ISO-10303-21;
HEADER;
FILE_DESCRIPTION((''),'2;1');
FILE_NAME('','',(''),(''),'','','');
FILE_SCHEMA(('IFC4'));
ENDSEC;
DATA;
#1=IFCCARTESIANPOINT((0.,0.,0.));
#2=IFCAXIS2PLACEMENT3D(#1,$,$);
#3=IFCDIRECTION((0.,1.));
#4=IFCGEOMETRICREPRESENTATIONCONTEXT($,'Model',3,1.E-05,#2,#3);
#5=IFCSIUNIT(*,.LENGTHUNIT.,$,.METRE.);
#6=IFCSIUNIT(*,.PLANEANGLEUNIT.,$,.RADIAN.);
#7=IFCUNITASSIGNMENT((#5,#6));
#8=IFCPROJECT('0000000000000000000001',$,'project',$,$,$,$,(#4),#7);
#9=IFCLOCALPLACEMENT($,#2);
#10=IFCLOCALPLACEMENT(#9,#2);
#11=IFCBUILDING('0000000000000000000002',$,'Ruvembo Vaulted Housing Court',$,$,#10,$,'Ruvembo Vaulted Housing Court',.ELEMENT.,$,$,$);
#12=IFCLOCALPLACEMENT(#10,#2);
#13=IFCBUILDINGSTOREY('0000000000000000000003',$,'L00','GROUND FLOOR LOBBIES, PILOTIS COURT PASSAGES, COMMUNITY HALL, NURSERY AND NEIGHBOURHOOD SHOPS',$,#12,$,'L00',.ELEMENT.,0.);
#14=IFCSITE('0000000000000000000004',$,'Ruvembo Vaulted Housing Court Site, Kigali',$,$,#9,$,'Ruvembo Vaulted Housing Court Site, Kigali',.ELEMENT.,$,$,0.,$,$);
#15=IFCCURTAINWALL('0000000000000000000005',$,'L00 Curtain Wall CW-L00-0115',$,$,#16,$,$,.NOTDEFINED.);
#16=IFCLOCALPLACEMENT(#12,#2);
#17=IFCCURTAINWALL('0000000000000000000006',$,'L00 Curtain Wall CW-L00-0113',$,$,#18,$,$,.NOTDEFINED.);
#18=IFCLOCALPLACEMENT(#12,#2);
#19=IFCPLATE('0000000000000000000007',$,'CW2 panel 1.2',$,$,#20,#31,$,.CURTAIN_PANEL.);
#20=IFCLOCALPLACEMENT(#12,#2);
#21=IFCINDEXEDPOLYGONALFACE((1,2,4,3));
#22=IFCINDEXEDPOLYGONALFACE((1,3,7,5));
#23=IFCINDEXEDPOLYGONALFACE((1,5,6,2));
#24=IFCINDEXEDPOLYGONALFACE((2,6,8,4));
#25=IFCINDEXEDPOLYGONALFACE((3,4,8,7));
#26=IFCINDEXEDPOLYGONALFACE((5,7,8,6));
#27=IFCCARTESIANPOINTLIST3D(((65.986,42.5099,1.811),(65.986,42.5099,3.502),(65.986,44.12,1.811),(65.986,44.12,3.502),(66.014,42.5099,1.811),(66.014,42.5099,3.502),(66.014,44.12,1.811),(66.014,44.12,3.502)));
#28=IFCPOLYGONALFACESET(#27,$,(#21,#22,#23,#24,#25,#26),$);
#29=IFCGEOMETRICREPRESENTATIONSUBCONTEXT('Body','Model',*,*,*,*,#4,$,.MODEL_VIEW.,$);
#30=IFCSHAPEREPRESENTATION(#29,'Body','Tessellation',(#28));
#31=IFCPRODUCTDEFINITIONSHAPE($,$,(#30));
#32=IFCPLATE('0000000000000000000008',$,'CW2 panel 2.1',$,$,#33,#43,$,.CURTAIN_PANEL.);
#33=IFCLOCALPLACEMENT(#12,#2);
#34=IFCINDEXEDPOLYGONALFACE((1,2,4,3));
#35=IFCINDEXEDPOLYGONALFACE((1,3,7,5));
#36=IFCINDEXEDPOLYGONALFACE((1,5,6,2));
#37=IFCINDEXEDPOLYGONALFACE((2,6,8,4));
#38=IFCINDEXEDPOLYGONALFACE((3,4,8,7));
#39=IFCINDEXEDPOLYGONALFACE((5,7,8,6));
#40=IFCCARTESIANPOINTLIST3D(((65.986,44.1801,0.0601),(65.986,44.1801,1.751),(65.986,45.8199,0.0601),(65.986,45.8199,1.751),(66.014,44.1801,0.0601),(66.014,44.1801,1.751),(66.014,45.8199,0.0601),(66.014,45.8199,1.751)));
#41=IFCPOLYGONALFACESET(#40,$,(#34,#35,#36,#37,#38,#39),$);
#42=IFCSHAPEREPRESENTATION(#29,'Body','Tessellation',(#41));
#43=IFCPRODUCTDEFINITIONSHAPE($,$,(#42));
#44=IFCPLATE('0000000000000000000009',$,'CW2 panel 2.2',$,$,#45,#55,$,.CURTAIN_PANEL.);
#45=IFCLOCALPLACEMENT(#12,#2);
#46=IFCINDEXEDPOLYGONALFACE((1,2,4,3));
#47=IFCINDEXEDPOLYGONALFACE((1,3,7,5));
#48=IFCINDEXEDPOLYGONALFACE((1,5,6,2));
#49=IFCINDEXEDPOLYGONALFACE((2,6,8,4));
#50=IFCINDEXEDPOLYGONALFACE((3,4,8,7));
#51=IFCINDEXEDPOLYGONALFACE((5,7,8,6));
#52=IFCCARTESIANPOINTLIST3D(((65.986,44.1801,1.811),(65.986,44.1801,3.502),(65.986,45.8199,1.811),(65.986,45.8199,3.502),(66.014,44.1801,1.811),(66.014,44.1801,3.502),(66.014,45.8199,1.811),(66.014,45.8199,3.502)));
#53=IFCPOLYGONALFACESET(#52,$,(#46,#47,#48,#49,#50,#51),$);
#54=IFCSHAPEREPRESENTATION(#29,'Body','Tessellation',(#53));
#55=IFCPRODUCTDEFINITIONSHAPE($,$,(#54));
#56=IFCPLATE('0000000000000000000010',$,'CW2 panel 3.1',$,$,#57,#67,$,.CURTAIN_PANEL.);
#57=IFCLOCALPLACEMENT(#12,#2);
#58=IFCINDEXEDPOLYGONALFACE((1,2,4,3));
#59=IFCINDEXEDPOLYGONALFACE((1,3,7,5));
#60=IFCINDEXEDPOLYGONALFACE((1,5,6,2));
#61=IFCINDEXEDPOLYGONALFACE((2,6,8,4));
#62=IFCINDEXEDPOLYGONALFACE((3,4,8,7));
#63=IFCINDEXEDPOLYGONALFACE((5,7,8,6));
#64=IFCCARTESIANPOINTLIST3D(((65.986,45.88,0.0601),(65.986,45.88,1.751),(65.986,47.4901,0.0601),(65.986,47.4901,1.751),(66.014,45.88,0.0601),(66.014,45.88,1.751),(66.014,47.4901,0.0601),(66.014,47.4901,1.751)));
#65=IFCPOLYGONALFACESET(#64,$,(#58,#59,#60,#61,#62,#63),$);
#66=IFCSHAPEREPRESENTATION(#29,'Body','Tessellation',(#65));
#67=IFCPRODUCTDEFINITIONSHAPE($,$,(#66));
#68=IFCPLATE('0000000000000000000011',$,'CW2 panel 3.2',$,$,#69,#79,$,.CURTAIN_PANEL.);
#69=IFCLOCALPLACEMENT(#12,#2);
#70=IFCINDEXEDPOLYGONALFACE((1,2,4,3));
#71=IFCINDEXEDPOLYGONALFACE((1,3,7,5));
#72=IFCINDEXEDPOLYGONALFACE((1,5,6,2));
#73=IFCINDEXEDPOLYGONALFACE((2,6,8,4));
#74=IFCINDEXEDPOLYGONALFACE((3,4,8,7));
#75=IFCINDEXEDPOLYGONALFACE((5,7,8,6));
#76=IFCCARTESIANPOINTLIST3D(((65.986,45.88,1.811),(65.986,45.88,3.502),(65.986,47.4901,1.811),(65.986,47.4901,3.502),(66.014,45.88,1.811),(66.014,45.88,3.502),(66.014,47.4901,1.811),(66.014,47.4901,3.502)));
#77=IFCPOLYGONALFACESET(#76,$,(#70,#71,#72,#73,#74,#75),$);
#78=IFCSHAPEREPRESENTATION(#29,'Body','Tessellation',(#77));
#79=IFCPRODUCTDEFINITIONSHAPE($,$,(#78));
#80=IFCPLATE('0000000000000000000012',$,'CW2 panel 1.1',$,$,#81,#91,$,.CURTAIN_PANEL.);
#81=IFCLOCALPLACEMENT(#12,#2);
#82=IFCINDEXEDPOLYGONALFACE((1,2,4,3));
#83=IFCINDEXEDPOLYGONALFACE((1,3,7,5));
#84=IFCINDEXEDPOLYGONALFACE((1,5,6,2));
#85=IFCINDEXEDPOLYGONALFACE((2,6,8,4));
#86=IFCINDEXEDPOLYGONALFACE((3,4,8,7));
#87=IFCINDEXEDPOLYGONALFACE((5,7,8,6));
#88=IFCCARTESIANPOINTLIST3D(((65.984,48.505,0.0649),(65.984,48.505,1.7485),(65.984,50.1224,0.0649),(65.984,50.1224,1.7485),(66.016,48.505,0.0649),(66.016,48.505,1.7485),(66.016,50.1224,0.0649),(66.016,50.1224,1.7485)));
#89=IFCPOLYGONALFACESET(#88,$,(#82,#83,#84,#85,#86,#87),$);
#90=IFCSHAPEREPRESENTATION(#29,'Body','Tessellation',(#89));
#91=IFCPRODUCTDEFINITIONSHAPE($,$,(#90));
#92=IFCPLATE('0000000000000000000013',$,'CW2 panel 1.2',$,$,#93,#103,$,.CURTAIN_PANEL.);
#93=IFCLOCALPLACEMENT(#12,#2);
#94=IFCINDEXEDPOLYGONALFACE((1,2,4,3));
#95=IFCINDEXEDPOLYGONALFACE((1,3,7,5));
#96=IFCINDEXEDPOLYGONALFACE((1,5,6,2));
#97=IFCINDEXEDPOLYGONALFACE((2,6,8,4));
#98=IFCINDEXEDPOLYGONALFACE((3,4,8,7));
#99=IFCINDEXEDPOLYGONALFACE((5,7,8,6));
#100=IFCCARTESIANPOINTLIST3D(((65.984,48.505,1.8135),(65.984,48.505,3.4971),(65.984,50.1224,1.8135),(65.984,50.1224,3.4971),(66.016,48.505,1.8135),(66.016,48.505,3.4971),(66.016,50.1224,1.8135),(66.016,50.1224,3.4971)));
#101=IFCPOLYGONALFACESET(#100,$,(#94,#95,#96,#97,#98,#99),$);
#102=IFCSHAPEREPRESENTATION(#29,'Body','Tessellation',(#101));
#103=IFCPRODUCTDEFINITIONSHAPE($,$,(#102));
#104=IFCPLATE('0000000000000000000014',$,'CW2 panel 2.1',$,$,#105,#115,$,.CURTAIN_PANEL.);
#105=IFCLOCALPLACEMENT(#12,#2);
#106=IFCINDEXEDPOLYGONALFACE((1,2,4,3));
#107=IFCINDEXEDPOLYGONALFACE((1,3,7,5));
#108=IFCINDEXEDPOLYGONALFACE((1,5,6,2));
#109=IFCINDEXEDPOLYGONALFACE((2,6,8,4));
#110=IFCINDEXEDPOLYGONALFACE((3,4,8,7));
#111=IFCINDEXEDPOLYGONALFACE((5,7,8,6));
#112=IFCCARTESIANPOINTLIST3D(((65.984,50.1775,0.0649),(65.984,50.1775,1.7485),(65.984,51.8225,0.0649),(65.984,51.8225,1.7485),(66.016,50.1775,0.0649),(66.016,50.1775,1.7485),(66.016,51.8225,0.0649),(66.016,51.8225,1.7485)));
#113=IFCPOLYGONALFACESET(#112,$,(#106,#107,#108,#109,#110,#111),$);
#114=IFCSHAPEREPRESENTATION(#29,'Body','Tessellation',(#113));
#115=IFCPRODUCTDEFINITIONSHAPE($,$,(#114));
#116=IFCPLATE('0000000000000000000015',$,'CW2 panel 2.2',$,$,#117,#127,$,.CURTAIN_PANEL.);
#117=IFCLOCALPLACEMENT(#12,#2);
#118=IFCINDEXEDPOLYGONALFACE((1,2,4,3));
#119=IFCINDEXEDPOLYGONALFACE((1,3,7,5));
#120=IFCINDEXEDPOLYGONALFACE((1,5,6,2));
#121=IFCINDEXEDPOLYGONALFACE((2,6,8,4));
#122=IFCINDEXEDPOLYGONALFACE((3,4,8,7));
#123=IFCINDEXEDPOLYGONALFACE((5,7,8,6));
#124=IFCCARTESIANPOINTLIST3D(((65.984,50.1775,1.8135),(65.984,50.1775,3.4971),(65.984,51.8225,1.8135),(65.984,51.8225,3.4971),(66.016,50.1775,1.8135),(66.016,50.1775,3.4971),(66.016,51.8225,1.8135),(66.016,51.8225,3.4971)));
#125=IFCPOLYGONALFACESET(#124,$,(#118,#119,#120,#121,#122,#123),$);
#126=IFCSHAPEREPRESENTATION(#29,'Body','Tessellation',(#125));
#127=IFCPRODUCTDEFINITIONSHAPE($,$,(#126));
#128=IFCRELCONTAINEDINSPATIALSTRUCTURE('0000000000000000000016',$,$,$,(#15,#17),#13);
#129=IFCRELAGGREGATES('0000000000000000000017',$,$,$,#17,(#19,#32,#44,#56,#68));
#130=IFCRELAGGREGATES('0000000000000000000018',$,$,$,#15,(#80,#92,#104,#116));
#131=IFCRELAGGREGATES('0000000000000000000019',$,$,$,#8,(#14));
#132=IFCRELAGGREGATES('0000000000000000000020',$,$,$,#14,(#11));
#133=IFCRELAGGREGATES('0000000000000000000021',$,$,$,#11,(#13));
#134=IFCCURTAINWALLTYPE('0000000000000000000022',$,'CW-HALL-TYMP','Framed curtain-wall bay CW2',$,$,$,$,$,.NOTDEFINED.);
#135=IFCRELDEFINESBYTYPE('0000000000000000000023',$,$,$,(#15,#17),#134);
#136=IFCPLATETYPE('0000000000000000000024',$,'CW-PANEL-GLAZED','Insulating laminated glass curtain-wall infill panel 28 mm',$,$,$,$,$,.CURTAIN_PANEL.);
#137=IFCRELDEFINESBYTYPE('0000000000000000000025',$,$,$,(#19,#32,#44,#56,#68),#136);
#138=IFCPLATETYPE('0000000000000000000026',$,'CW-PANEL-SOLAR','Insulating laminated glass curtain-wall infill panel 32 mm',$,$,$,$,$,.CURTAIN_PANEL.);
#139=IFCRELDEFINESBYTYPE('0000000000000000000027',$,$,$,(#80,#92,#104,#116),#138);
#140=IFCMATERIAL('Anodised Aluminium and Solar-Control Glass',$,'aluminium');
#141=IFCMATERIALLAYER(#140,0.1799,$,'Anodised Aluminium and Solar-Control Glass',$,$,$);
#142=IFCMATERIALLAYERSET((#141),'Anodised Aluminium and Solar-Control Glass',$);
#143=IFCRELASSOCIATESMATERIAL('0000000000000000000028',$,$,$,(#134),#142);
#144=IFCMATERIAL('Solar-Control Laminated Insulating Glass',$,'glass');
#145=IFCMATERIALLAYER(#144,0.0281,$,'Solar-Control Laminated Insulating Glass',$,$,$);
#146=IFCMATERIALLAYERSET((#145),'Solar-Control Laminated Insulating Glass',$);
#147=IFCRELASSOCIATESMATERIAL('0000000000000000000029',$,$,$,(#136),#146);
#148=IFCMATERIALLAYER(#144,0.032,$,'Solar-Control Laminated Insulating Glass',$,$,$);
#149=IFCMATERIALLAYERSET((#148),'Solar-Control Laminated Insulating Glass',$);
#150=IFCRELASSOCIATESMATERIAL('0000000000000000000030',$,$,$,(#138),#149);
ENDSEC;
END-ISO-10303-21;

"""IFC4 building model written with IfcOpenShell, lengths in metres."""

from ifc_helpers import new_model, si_unit, direction, frame, origin, origin_2d, place, context, subcontext, project, spatial, rectangle, extrude, material, layer, layer_set, type_object, element, aggregate, save


model = new_model("IFC4")

# Units and contexts
model_context = context("Model", 3, precision=1e-05, world=origin(), true_north=direction((0.0, 1.0)))
body_context = subcontext(model_context, "Body", "Model", "MODEL_VIEW")
ifc_project = project(units=[si_unit("LENGTHUNIT", "METRE"), si_unit("PLANEANGLEUNIT", "RADIAN")], contexts=[model_context])

# Site, building, storey
site_placement = place(None, origin())
site = spatial("IfcSite", under=ifc_project, at=site_placement, Name="Ruvembo Vaulted Housing Court Site, Kigali", LongName="Ruvembo Vaulted Housing Court Site, Kigali", CompositionType="ELEMENT", RefElevation=0.0)
building_placement = place(site_placement, origin())
building = spatial("IfcBuilding", under=site, at=building_placement, Name="Ruvembo Vaulted Housing Court", LongName="Ruvembo Vaulted Housing Court", CompositionType="ELEMENT")
storey_placement = place(building_placement, origin())
storey = spatial("IfcBuildingStorey", under=building, at=storey_placement, Name="L00", Description="GROUND FLOOR LOBBIES, PILOTIS COURT PASSAGES, COMMUNITY HALL, NURSERY AND NEIGHBOURHOOD SHOPS", LongName="L00", CompositionType="ELEMENT", Elevation=0.0)

# Curtain walls
ifc_material_1 = material(Name="Anodised Aluminium and Solar-Control Glass", Category="aluminium")
ifc_layer_1 = layer(ifc_material_1, 0.1799, Name="Anodised Aluminium and Solar-Control Glass")
ifc_layer_set_1 = layer_set([ifc_layer_1], Name="Anodised Aluminium and Solar-Control Glass")
curtain_wall_type = type_object("IfcCurtainWallType", Name="CW-HALL-TYMP", Description="Framed curtain-wall bay CW2", PredefinedType="NOTDEFINED", material=ifc_layer_set_1)
curtain_wall_1_placement = place(storey_placement, origin())
curtain_wall_1 = element("IfcCurtainWall", 1, at=curtain_wall_1_placement, inside=storey, type_object=curtain_wall_type, Name="L00 Curtain Wall CW-L00-0115", PredefinedType="NOTDEFINED")
curtain_wall_2_placement = place(storey_placement, origin())
curtain_wall_2 = element("IfcCurtainWall", 2, at=curtain_wall_2_placement, inside=storey, type_object=curtain_wall_type, Name="L00 Curtain Wall CW-L00-0113", PredefinedType="NOTDEFINED")

# Plates
ifc_material_2 = material(Name="Solar-Control Laminated Insulating Glass", Category="glass")
ifc_layer_2 = layer(ifc_material_2, 0.0281, Name="Solar-Control Laminated Insulating Glass")
ifc_layer_set_2 = layer_set([ifc_layer_2], Name="Solar-Control Laminated Insulating Glass")
plate_type_1 = type_object("IfcPlateType", Name="CW-PANEL-GLAZED", Description="Insulating laminated glass curtain-wall infill panel 28 mm", PredefinedType="CURTAIN_PANEL", material=ifc_layer_set_2)
plate_1_placement = place(storey_placement, frame((66.0, 43.3149, 1.811), z_axis=(0.0, 0.0, 1.0), x_axis=(0.0, 1.0, 0.0)))
plate_1 = element("IfcPlate", 3, at=plate_1_placement, type_object=plate_type_1, Name="CW2 panel 1.2", PredefinedType="CURTAIN_PANEL", context=body_context, shape_type="SweptSolid", body=[
    extrude(rectangle(XDim=1.6101, YDim=0.0281, at=origin_2d()), origin(), (0.0, 0.0, 1.0), 1.6909),
])
plate_2_placement = place(storey_placement, frame((66.0, 45.0, 0.0601), z_axis=(0.0, 0.0, 1.0), x_axis=(0.0, 1.0, 0.0)))
plate_2 = element("IfcPlate", 4, at=plate_2_placement, type_object=plate_type_1, Name="CW2 panel 2.1", PredefinedType="CURTAIN_PANEL", context=body_context, shape_type="SweptSolid", body=[
    extrude(rectangle(XDim=1.6399, YDim=0.0281, at=origin_2d()), origin(), (0.0, 0.0, 1.0), 1.6909),
])
plate_3_placement = place(storey_placement, frame((66.0, 45.0, 1.811), z_axis=(0.0, 0.0, 1.0), x_axis=(0.0, 1.0, 0.0)))
plate_3 = element("IfcPlate", 5, at=plate_3_placement, type_object=plate_type_1, Name="CW2 panel 2.2", PredefinedType="CURTAIN_PANEL", context=body_context, shape_type="SweptSolid", body=[
    extrude(rectangle(XDim=1.6399, YDim=0.0281, at=origin_2d()), origin(), (0.0, 0.0, 1.0), 1.6909),
])
plate_4_placement = place(storey_placement, frame((66.0, 46.6851, 0.0601), z_axis=(0.0, 0.0, 1.0), x_axis=(0.0, 1.0, 0.0)))
plate_4 = element("IfcPlate", 6, at=plate_4_placement, type_object=plate_type_1, Name="CW2 panel 3.1", PredefinedType="CURTAIN_PANEL", context=body_context, shape_type="SweptSolid", body=[
    extrude(rectangle(XDim=1.6101, YDim=0.0281, at=origin_2d()), origin(), (0.0, 0.0, 1.0), 1.6909),
])
plate_5_placement = place(storey_placement, frame((66.0, 46.6851, 1.811), z_axis=(0.0, 0.0, 1.0), x_axis=(0.0, 1.0, 0.0)))
plate_5 = element("IfcPlate", 7, at=plate_5_placement, type_object=plate_type_1, Name="CW2 panel 3.2", PredefinedType="CURTAIN_PANEL", context=body_context, shape_type="SweptSolid", body=[
    extrude(rectangle(XDim=1.6101, YDim=0.0281, at=origin_2d()), origin(), (0.0, 0.0, 1.0), 1.6909),
])
aggregate(curtain_wall_2, [plate_1, plate_2, plate_3, plate_4, plate_5])
ifc_layer_3 = layer(ifc_material_2, 0.032, Name="Solar-Control Laminated Insulating Glass")
ifc_layer_set_3 = layer_set([ifc_layer_3], Name="Solar-Control Laminated Insulating Glass")
plate_type_2 = type_object("IfcPlateType", Name="CW-PANEL-SOLAR", Description="Insulating laminated glass curtain-wall infill panel 32 mm", PredefinedType="CURTAIN_PANEL", material=ifc_layer_set_3)
plate_6_placement = place(storey_placement, frame((66.0, 49.3137, 0.0649), z_axis=(0.0, 0.0, 1.0), x_axis=(0.0, 1.0, 0.0)))
plate_6 = element("IfcPlate", 8, at=plate_6_placement, type_object=plate_type_2, Name="CW2 panel 1.1", PredefinedType="CURTAIN_PANEL", context=body_context, shape_type="SweptSolid", body=[
    extrude(rectangle(XDim=1.6174, YDim=0.032, at=origin_2d()), origin(), (0.0, 0.0, 1.0), 1.6836),
])
plate_7_placement = place(storey_placement, frame((66.0, 49.3137, 1.8135), z_axis=(0.0, 0.0, 1.0), x_axis=(0.0, 1.0, 0.0)))
plate_7 = element("IfcPlate", 9, at=plate_7_placement, type_object=plate_type_2, Name="CW2 panel 1.2", PredefinedType="CURTAIN_PANEL", context=body_context, shape_type="SweptSolid", body=[
    extrude(rectangle(XDim=1.6174, YDim=0.032, at=origin_2d()), origin(), (0.0, 0.0, 1.0), 1.6836),
])
plate_8_placement = place(storey_placement, frame((66.0, 51.0, 0.0649), z_axis=(0.0, 0.0, 1.0), x_axis=(0.0, 1.0, 0.0)))
plate_8 = element("IfcPlate", 10, at=plate_8_placement, type_object=plate_type_2, Name="CW2 panel 2.1", PredefinedType="CURTAIN_PANEL", context=body_context, shape_type="SweptSolid", body=[
    extrude(rectangle(XDim=1.645, YDim=0.032, at=origin_2d()), origin(), (0.0, 0.0, 1.0), 1.6836),
])
plate_9_placement = place(storey_placement, frame((66.0, 51.0, 1.8135), z_axis=(0.0, 0.0, 1.0), x_axis=(0.0, 1.0, 0.0)))
plate_9 = element("IfcPlate", 11, at=plate_9_placement, type_object=plate_type_2, Name="CW2 panel 2.2", PredefinedType="CURTAIN_PANEL", context=body_context, shape_type="SweptSolid", body=[
    extrude(rectangle(XDim=1.645, YDim=0.032, at=origin_2d()), origin(), (0.0, 0.0, 1.0), 1.6836),
])
aggregate(curtain_wall_1, [plate_6, plate_7, plate_8, plate_9])

save(model, "model.ifc")
